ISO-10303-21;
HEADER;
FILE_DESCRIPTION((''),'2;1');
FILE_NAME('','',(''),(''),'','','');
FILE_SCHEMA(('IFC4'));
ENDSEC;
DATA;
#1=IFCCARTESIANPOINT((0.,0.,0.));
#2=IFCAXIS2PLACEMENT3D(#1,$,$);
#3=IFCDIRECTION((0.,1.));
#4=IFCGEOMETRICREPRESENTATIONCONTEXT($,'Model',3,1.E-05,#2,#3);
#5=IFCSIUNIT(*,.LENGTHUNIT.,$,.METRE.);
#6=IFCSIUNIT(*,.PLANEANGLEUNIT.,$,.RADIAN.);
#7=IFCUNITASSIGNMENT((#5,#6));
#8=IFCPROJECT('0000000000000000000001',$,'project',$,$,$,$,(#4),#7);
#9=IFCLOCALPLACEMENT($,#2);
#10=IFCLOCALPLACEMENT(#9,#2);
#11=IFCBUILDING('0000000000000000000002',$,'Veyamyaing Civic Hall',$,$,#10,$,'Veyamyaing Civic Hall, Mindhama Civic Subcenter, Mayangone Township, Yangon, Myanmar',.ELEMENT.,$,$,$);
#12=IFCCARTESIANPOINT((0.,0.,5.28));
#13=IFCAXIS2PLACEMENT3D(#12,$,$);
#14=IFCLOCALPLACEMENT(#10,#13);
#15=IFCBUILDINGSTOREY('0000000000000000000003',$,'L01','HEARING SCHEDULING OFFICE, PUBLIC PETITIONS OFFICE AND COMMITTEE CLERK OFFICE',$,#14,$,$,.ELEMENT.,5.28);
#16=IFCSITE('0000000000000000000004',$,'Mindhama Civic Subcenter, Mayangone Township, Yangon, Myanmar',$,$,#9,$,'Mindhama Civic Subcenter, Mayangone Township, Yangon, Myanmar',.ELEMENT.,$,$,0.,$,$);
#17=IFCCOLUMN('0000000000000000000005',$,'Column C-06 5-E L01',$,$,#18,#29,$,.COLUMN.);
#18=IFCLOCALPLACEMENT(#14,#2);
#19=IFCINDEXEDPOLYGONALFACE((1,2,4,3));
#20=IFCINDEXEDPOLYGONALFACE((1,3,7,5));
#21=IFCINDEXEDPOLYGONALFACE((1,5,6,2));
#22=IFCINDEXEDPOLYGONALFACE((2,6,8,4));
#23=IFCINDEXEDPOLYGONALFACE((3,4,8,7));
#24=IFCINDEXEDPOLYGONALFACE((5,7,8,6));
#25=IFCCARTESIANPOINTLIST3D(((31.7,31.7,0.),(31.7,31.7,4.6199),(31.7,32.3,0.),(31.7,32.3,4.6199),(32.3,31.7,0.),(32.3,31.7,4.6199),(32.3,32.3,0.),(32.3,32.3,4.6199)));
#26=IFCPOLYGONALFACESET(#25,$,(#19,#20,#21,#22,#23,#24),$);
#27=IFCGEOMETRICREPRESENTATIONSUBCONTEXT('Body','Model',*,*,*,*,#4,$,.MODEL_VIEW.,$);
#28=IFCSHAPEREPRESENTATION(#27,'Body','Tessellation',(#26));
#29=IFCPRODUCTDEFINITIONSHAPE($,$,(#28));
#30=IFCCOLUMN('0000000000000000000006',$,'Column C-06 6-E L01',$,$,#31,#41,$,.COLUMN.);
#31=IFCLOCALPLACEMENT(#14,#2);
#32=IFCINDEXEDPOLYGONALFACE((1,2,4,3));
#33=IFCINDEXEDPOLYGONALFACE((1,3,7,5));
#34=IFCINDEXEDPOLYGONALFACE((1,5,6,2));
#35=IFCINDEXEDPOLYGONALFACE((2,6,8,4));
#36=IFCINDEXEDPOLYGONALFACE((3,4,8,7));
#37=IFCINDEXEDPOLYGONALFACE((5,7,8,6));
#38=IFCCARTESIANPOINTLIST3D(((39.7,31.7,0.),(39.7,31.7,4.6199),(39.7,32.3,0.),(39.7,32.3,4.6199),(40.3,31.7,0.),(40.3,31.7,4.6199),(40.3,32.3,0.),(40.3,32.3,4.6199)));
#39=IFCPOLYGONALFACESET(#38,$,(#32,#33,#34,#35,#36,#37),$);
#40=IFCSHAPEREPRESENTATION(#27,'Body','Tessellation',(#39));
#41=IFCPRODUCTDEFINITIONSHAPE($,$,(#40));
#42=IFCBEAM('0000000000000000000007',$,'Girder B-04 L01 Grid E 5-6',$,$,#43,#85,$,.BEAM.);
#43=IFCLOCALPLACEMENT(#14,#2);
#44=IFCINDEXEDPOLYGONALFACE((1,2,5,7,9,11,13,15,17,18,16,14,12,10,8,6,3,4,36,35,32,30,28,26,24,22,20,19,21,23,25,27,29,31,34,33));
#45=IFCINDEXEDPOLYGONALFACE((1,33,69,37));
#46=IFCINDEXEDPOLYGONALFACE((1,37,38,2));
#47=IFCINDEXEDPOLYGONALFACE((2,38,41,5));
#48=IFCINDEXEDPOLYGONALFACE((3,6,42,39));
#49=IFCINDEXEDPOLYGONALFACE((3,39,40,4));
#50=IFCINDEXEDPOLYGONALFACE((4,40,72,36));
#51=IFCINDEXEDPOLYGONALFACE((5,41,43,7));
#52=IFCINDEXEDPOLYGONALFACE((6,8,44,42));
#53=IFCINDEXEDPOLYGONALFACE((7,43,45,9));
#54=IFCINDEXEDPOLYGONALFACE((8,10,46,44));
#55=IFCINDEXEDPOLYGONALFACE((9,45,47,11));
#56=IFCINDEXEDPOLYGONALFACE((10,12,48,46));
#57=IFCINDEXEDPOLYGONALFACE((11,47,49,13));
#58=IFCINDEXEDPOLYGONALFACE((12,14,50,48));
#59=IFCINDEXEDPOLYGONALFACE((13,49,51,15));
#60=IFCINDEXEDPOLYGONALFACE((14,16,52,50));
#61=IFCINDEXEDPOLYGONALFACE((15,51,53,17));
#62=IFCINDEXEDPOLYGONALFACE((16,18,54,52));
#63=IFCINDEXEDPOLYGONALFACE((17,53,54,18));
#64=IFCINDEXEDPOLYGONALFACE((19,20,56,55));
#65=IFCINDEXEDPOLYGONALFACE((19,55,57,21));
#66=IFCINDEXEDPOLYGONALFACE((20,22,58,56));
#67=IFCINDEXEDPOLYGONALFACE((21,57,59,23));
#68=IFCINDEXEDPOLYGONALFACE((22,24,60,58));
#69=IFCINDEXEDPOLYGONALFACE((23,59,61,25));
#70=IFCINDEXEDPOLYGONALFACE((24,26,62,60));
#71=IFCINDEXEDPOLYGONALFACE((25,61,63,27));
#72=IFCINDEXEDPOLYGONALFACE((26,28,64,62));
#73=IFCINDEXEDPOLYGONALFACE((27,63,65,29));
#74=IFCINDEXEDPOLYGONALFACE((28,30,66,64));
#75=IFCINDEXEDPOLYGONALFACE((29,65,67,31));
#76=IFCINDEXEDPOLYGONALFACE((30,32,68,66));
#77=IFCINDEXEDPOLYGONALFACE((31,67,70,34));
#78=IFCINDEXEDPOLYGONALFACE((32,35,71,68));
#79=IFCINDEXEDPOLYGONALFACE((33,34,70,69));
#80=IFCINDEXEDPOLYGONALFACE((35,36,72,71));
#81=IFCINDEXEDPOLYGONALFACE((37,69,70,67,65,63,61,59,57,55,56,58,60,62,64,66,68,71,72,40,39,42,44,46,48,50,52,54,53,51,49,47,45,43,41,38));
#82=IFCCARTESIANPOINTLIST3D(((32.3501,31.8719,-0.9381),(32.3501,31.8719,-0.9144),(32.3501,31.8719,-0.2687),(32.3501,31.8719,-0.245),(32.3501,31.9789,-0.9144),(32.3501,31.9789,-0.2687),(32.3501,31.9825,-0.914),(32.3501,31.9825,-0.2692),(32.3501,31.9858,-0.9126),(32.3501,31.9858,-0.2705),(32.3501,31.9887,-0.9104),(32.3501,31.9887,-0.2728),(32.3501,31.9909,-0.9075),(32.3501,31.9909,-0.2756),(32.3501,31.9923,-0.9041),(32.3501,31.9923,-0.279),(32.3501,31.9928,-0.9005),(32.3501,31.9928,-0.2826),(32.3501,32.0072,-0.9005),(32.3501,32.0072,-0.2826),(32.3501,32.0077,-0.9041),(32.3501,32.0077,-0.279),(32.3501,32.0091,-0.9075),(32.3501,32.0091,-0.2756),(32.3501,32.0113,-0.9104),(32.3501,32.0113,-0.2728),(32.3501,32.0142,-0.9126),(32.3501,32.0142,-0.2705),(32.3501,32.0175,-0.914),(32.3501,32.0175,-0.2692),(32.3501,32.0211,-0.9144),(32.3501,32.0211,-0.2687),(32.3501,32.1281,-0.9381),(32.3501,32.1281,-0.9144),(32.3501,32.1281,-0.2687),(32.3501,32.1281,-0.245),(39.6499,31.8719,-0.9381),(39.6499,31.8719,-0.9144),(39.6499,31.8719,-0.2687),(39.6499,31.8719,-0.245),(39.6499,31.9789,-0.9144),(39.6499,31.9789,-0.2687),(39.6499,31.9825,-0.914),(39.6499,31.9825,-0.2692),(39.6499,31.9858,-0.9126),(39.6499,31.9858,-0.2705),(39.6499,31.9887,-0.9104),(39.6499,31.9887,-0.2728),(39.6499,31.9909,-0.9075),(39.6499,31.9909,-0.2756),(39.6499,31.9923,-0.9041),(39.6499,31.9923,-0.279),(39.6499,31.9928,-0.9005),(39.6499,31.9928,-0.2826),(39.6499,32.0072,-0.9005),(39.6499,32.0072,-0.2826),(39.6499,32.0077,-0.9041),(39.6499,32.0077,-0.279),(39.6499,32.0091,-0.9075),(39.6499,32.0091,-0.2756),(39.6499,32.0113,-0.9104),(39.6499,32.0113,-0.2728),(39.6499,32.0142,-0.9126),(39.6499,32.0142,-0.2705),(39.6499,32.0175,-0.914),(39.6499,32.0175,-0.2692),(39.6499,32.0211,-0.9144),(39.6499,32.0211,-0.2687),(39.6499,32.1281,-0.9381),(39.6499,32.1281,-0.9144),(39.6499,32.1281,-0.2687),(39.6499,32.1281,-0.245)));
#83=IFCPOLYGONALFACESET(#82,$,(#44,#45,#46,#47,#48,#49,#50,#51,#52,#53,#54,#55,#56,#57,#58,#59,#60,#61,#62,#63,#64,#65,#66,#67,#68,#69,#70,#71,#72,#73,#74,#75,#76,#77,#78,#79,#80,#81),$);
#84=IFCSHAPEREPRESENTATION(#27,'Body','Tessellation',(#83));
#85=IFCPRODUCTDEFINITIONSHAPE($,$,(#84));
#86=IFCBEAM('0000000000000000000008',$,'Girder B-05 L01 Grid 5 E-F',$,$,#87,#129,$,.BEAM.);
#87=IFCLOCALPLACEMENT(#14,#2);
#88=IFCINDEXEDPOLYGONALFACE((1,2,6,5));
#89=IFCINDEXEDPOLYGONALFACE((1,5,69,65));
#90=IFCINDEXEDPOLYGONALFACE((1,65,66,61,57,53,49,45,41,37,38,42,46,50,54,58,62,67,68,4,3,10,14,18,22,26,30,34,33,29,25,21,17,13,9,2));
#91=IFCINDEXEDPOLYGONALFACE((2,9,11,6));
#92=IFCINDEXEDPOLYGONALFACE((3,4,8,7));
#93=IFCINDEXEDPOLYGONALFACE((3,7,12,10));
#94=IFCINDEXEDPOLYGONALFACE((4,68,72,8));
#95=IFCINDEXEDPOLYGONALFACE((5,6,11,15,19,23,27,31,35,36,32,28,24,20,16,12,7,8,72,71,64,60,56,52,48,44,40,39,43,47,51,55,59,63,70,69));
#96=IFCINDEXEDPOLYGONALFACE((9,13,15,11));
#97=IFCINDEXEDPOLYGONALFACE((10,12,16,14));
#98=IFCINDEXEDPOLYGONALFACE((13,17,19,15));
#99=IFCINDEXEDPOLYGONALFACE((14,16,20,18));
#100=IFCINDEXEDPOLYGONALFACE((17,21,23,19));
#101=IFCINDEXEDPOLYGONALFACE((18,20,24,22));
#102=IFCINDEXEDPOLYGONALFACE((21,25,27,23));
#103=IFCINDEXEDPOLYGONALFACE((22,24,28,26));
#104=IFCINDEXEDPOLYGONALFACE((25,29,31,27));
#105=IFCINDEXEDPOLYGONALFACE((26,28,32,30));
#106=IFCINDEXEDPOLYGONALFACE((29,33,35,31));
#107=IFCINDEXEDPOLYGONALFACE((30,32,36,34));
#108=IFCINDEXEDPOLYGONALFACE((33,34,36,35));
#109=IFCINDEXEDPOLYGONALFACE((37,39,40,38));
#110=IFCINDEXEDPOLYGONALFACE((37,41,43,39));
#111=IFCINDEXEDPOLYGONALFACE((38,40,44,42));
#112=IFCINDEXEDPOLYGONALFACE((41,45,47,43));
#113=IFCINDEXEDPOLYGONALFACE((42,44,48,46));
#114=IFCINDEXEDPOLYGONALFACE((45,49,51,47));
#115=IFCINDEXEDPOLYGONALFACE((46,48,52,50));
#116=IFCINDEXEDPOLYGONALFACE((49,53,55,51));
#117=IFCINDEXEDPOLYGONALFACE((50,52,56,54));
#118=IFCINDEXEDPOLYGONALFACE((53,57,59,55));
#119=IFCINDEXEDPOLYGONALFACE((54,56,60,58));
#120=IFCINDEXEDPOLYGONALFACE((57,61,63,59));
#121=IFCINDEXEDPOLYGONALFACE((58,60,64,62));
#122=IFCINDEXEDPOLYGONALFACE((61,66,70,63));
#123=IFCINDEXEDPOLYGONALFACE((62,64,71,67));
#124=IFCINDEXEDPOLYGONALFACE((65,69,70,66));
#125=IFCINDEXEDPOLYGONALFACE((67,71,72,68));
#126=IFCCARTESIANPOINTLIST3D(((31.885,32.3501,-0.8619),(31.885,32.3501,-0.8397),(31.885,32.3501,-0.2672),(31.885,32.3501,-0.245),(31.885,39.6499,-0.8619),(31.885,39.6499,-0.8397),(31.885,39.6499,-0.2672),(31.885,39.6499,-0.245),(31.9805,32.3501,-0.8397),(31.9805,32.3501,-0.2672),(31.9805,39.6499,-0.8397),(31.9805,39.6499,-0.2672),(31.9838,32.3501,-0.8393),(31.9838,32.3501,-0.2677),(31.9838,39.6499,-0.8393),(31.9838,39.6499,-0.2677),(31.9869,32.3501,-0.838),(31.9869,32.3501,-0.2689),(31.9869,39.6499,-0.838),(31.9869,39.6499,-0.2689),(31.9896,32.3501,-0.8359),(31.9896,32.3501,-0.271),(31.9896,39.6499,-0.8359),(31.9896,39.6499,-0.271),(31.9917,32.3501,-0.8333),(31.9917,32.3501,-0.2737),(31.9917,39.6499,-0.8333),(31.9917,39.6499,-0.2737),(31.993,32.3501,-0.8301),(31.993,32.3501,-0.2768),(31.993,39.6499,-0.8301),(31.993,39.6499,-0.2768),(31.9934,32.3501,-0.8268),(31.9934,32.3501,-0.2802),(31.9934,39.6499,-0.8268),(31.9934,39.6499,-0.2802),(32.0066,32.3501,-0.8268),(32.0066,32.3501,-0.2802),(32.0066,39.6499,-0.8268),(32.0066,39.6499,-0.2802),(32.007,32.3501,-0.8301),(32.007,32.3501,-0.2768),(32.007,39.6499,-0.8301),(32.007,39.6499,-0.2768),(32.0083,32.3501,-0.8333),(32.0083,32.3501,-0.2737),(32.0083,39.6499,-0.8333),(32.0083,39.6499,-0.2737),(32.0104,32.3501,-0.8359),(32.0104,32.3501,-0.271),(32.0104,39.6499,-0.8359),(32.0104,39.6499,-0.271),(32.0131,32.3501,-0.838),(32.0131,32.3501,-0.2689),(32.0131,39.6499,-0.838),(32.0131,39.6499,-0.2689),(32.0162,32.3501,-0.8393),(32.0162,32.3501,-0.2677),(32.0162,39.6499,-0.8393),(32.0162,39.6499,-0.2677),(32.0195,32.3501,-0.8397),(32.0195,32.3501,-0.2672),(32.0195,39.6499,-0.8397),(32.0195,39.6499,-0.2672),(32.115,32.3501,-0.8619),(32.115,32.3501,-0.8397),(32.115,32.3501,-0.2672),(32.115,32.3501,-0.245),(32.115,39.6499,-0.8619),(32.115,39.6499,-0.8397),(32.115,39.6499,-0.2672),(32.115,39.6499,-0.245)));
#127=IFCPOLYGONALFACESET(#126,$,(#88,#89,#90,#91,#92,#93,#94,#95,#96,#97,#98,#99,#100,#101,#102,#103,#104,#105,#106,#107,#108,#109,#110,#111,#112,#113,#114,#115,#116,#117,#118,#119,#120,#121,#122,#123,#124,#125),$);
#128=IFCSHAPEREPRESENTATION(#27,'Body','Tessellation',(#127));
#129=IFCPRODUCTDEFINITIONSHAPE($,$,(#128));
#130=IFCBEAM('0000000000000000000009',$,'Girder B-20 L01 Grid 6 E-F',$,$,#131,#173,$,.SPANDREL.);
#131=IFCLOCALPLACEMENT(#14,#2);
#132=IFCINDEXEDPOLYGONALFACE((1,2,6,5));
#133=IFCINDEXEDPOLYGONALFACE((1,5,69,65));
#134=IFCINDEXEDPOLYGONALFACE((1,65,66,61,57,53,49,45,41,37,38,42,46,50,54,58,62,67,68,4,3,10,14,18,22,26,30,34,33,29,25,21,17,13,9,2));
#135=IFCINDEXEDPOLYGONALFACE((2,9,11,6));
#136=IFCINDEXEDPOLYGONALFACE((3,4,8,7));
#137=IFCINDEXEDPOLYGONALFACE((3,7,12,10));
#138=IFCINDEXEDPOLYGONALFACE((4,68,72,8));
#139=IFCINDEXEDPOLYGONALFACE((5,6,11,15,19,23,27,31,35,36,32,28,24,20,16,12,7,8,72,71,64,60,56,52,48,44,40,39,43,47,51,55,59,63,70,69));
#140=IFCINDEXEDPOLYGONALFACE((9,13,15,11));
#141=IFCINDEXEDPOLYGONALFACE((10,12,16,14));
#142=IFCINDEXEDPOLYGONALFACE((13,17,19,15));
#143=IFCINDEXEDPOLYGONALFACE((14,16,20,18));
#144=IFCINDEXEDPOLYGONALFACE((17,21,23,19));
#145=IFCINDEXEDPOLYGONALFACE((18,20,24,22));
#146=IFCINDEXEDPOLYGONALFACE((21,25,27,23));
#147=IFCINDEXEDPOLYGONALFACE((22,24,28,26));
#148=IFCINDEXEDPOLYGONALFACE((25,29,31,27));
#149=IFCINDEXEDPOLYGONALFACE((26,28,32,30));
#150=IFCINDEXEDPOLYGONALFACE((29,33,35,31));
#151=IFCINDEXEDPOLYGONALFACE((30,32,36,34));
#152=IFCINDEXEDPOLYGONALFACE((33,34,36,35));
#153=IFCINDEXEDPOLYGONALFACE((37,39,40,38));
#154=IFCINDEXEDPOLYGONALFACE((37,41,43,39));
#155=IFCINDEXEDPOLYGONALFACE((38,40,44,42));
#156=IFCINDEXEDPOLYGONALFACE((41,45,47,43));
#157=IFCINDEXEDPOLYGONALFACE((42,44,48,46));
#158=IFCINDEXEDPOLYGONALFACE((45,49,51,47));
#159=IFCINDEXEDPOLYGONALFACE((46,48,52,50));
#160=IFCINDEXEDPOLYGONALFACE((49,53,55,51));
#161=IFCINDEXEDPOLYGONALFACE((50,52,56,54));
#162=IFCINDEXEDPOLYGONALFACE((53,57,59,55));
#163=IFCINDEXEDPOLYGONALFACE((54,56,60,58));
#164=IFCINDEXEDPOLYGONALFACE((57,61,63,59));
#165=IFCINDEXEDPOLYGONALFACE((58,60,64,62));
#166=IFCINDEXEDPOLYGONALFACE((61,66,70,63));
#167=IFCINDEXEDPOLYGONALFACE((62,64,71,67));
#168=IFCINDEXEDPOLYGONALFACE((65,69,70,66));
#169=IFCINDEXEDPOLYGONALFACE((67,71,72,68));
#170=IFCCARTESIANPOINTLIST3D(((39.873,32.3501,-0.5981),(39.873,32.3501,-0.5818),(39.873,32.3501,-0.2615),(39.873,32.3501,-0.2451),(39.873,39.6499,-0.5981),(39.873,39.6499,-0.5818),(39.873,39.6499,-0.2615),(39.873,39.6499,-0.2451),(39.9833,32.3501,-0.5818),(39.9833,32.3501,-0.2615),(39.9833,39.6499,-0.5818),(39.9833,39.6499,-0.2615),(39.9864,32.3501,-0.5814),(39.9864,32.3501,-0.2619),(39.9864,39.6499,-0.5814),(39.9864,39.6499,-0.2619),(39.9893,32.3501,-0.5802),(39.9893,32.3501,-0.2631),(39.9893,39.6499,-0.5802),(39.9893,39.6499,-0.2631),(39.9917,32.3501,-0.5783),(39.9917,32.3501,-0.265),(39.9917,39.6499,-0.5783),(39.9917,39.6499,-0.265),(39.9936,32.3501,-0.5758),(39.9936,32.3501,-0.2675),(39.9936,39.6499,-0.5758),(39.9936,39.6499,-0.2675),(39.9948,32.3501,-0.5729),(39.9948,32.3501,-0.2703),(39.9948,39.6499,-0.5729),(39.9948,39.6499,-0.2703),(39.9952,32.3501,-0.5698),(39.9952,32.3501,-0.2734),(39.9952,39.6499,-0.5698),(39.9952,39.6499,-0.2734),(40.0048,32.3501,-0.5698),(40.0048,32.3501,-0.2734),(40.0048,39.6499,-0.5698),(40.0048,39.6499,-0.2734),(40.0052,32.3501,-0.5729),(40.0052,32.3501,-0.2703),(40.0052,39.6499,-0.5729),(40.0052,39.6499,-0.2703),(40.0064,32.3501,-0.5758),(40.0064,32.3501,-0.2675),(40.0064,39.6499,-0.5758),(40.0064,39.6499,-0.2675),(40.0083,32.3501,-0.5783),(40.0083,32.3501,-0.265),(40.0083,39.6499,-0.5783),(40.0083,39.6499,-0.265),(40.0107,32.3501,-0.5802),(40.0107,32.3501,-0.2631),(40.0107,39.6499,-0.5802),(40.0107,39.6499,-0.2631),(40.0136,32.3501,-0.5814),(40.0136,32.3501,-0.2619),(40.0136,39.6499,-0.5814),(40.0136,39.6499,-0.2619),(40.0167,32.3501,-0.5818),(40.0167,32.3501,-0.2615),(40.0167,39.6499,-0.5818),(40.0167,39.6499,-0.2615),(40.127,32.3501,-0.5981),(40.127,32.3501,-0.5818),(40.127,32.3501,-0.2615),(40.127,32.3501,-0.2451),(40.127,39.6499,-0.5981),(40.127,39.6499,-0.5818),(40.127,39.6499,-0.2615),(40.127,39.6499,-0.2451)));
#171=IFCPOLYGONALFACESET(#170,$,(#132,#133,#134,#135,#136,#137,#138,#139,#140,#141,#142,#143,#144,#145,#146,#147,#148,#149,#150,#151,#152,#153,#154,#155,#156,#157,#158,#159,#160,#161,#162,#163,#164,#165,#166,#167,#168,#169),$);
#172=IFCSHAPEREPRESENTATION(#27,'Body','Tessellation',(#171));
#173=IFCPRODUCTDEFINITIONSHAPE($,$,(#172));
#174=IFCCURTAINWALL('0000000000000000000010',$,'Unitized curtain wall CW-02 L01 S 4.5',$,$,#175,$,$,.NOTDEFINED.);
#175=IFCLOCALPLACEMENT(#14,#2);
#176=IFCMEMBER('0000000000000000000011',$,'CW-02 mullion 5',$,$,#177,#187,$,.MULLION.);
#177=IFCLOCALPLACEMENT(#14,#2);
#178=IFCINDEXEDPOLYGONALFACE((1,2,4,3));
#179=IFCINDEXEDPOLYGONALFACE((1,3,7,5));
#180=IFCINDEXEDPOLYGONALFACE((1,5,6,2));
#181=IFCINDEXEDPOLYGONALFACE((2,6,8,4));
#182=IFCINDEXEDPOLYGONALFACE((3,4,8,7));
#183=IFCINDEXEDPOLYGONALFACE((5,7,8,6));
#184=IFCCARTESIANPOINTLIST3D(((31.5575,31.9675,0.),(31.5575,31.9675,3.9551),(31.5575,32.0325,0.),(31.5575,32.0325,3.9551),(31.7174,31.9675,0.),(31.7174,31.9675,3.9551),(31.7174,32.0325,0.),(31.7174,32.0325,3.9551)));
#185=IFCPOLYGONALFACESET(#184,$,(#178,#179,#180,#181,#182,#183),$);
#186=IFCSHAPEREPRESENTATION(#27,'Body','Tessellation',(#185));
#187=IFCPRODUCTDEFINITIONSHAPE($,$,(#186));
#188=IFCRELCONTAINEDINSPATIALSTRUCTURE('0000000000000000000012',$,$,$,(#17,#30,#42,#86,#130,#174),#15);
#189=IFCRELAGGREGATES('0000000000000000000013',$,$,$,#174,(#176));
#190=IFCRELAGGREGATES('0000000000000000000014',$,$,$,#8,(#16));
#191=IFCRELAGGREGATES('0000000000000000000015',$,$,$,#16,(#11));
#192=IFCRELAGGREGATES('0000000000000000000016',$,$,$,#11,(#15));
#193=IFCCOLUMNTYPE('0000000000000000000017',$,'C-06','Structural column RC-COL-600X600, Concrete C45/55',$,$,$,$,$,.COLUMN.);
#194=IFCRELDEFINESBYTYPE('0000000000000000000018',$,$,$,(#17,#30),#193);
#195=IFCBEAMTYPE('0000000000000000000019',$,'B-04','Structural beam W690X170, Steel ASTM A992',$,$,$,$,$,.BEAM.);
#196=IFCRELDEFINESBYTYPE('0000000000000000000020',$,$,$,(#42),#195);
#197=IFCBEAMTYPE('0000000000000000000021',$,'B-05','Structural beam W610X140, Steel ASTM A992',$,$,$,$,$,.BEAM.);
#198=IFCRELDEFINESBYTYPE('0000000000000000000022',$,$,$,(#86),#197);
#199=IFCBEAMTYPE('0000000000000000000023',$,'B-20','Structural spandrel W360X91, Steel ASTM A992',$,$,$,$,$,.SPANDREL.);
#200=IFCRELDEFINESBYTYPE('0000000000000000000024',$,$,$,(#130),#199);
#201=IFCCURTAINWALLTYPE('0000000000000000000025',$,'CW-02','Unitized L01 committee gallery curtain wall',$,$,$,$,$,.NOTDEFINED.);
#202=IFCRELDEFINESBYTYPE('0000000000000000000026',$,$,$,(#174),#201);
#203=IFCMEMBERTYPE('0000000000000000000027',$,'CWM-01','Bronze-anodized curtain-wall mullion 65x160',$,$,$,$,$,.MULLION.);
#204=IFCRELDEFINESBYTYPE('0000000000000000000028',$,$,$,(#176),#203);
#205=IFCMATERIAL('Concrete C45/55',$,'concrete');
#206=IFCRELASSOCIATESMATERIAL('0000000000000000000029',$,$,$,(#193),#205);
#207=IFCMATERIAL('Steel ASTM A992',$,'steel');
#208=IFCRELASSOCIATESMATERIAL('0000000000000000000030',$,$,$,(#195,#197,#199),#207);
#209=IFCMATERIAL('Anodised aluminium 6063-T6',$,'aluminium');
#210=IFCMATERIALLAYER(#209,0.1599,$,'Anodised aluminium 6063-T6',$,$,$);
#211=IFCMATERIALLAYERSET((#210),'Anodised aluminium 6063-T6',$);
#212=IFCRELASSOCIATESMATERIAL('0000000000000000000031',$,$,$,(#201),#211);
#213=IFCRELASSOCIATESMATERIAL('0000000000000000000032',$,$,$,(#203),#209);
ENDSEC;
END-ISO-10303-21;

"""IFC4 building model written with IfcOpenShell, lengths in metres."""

from ifc_helpers import new_model, si_unit, direction, frame, origin, origin_2d, place, context, subcontext, project, spatial, rectangle, i_section, extrude, material, layer, layer_set, material_profile, profile_set, type_object, element, aggregate, save


model = new_model("IFC4")

# Units and contexts
model_context = context("Model", 3, precision=1e-05, world=origin(), true_north=direction((0.0, 1.0)))
body_context = subcontext(model_context, "Body", "Model", "MODEL_VIEW")
ifc_project = project(units=[si_unit("LENGTHUNIT", "METRE"), si_unit("PLANEANGLEUNIT", "RADIAN")], contexts=[model_context])

# Site, building, storey
site_placement = place(None, origin())
site = spatial("IfcSite", under=ifc_project, at=site_placement, Name="Mindhama Civic Subcenter, Mayangone Township, Yangon, Myanmar", LongName="Mindhama Civic Subcenter, Mayangone Township, Yangon, Myanmar", CompositionType="ELEMENT", RefElevation=0.0)
building_placement = place(site_placement, origin())
building = spatial("IfcBuilding", under=site, at=building_placement, Name="Veyamyaing Civic Hall", LongName="Veyamyaing Civic Hall, Mindhama Civic Subcenter, Mayangone Township, Yangon, Myanmar", CompositionType="ELEMENT")
storey_placement = place(building_placement, frame((0.0, 0.0, 5.28)))
storey = spatial("IfcBuildingStorey", under=building, at=storey_placement, Name="L01", Description="HEARING SCHEDULING OFFICE, PUBLIC PETITIONS OFFICE AND COMMITTEE CLERK OFFICE", CompositionType="ELEMENT", Elevation=5.28)

# Columns
ifc_material_1 = material(Name="Concrete C45/55", Category="concrete")
ifc_material_profile_1 = material_profile(ifc_material_1, rectangle(XDim=0.6001, YDim=0.6001, at=origin_2d()), Name="RC-COL-600X600")
ifc_profile_set_1 = profile_set([ifc_material_profile_1], Name="Concrete C45/55")
column_type = type_object("IfcColumnType", Name="C-06", Description="Structural column RC-COL-600X600, Concrete C45/55", PredefinedType="COLUMN", material=ifc_profile_set_1)
for number, where, z_axis, x_axis, name in (
    (1, (32.0, 32.0, 0.0), (0.0, 0.0, 1.0), (1.0, 0.0, 0.0), "Column C-06 5-E L01"),
    (2, (40.0, 32.0, 0.0), (0.0, 0.0, 1.0), (1.0, 0.0, 0.0), "Column C-06 6-E L01"),
):
    element("IfcColumn", number, at=place(storey_placement, frame(where, z_axis=z_axis, x_axis=x_axis)), inside=storey, type_object=column_type, Name=name, PredefinedType="COLUMN", context=body_context, shape_type="SweptSolid", body=[
        extrude(rectangle(XDim=0.6001, YDim=0.6001, at=origin_2d()), origin(), (0.0, 0.0, 1.0), 4.6199),
    ])

# Beams
ifc_material_2 = material(Name="Steel ASTM A992", Category="steel")
ifc_material_profile_2 = material_profile(ifc_material_2, i_section(OverallWidth=0.2561, OverallDepth=0.6931, WebThickness=0.0144, FlangeThickness=0.0237, FilletRadius=0.0139, at=origin_2d()), Name="W690X170")
ifc_profile_set_2 = profile_set([ifc_material_profile_2], Name="Steel ASTM A992")
beam_type_1 = type_object("IfcBeamType", Name="B-04", Description="Structural beam W690X170, Steel ASTM A992", PredefinedType="BEAM", material=ifc_profile_set_2)
beam_1_placement = place(storey_placement, frame((32.3501, 32.0, -0.5916), z_axis=(1.0, 0.0, 0.0), x_axis=(0.0, 1.0, 0.0)))
element("IfcBeam", 3, at=beam_1_placement, inside=storey, type_object=beam_type_1, Name="Girder B-04 L01 Grid E 5-6", PredefinedType="BEAM", context=body_context, shape_type="SweptSolid", body=[
    extrude(i_section(OverallWidth=0.2561, OverallDepth=0.6931, WebThickness=0.0144, FlangeThickness=0.0237, FilletRadius=0.0139, at=origin_2d()), origin(), (0.0, 0.0, 1.0), 7.2998),
])
ifc_material_profile_3 = material_profile(ifc_material_2, i_section(OverallWidth=0.23, OverallDepth=0.6169, WebThickness=0.0132, FlangeThickness=0.0222, FilletRadius=0.0129, at=origin_2d()), Name="W610X140")
ifc_profile_set_3 = profile_set([ifc_material_profile_3], Name="Steel ASTM A992")
beam_type_2 = type_object("IfcBeamType", Name="B-05", Description="Structural beam W610X140, Steel ASTM A992", PredefinedType="BEAM", material=ifc_profile_set_3)
beam_2_placement = place(storey_placement, frame((32.0, 32.3501, -0.5535), z_axis=(0.0, 1.0, 0.0), x_axis=(-1.0, 0.0, 0.0)))
element("IfcBeam", 4, at=beam_2_placement, inside=storey, type_object=beam_type_2, Name="Girder B-05 L01 Grid 5 E-F", PredefinedType="BEAM", context=body_context, shape_type="SweptSolid", body=[
    extrude(i_section(OverallWidth=0.23, OverallDepth=0.6169, WebThickness=0.0132, FlangeThickness=0.0222, FilletRadius=0.0129, at=origin_2d()), origin(), (0.0, 0.0, 1.0), 7.2998),
])
ifc_material_profile_4 = material_profile(ifc_material_2, i_section(OverallWidth=0.2539, OverallDepth=0.353, WebThickness=0.0095, FlangeThickness=0.0164, FilletRadius=0.012, at=origin_2d()), Name="W360X91")
ifc_profile_set_4 = profile_set([ifc_material_profile_4], Name="Steel ASTM A992")
beam_type_3 = type_object("IfcBeamType", Name="B-20", Description="Structural spandrel W360X91, Steel ASTM A992", PredefinedType="SPANDREL", material=ifc_profile_set_4)
beam_3_placement = place(storey_placement, frame((40.0, 32.3501, -0.4216), z_axis=(0.0, 1.0, 0.0), x_axis=(-1.0, 0.0, 0.0)))
element("IfcBeam", 5, at=beam_3_placement, inside=storey, type_object=beam_type_3, Name="Girder B-20 L01 Grid 6 E-F", PredefinedType="SPANDREL", context=body_context, shape_type="SweptSolid", body=[
    extrude(i_section(OverallWidth=0.2539, OverallDepth=0.353, WebThickness=0.0095, FlangeThickness=0.0164, FilletRadius=0.012, at=origin_2d()), origin(), (0.0, 0.0, 1.0), 7.2998),
])

# Curtain wall, member
ifc_material_3 = material(Name="Anodised aluminium 6063-T6", Category="aluminium")
ifc_layer_1 = layer(ifc_material_3, 0.1599, Name="Anodised aluminium 6063-T6")
ifc_layer_set_1 = layer_set([ifc_layer_1], Name="Anodised aluminium 6063-T6")
curtain_wall_type = type_object("IfcCurtainWallType", Name="CW-02", Description="Unitized L01 committee gallery curtain wall", PredefinedType="NOTDEFINED", material=ifc_layer_set_1)
curtain_wall_1_placement = place(storey_placement, origin())
curtain_wall_1 = element("IfcCurtainWall", 6, at=curtain_wall_1_placement, inside=storey, type_object=curtain_wall_type, Name="Unitized curtain wall CW-02 L01 S 4.5", PredefinedType="NOTDEFINED")
ifc_material_profile_5 = material_profile(ifc_material_3, rectangle(XDim=0.0649, YDim=0.1599, at=origin_2d()), Name="ALU-MUL-65X160")
ifc_profile_set_5 = profile_set([ifc_material_profile_5], Name="Anodised aluminium 6063-T6")
member_type = type_object("IfcMemberType", Name="CWM-01", Description="Bronze-anodized curtain-wall mullion 65x160", PredefinedType="MULLION", material=ifc_profile_set_5)
member_1_placement = place(storey_placement, frame((31.6375, 32.0, 0.0), z_axis=(0.0, 0.0, 1.0), x_axis=(0.0, 1.0, 0.0)))
member_1 = element("IfcMember", 7, at=member_1_placement, type_object=member_type, Name="CW-02 mullion 5", PredefinedType="MULLION", context=body_context, shape_type="SweptSolid", body=[
    extrude(rectangle(XDim=0.0649, YDim=0.1599, at=origin_2d()), origin(), (0.0, 0.0, 1.0), 3.9551),
])

aggregate(curtain_wall_1, [member_1])

save(model, "model.ifc")
